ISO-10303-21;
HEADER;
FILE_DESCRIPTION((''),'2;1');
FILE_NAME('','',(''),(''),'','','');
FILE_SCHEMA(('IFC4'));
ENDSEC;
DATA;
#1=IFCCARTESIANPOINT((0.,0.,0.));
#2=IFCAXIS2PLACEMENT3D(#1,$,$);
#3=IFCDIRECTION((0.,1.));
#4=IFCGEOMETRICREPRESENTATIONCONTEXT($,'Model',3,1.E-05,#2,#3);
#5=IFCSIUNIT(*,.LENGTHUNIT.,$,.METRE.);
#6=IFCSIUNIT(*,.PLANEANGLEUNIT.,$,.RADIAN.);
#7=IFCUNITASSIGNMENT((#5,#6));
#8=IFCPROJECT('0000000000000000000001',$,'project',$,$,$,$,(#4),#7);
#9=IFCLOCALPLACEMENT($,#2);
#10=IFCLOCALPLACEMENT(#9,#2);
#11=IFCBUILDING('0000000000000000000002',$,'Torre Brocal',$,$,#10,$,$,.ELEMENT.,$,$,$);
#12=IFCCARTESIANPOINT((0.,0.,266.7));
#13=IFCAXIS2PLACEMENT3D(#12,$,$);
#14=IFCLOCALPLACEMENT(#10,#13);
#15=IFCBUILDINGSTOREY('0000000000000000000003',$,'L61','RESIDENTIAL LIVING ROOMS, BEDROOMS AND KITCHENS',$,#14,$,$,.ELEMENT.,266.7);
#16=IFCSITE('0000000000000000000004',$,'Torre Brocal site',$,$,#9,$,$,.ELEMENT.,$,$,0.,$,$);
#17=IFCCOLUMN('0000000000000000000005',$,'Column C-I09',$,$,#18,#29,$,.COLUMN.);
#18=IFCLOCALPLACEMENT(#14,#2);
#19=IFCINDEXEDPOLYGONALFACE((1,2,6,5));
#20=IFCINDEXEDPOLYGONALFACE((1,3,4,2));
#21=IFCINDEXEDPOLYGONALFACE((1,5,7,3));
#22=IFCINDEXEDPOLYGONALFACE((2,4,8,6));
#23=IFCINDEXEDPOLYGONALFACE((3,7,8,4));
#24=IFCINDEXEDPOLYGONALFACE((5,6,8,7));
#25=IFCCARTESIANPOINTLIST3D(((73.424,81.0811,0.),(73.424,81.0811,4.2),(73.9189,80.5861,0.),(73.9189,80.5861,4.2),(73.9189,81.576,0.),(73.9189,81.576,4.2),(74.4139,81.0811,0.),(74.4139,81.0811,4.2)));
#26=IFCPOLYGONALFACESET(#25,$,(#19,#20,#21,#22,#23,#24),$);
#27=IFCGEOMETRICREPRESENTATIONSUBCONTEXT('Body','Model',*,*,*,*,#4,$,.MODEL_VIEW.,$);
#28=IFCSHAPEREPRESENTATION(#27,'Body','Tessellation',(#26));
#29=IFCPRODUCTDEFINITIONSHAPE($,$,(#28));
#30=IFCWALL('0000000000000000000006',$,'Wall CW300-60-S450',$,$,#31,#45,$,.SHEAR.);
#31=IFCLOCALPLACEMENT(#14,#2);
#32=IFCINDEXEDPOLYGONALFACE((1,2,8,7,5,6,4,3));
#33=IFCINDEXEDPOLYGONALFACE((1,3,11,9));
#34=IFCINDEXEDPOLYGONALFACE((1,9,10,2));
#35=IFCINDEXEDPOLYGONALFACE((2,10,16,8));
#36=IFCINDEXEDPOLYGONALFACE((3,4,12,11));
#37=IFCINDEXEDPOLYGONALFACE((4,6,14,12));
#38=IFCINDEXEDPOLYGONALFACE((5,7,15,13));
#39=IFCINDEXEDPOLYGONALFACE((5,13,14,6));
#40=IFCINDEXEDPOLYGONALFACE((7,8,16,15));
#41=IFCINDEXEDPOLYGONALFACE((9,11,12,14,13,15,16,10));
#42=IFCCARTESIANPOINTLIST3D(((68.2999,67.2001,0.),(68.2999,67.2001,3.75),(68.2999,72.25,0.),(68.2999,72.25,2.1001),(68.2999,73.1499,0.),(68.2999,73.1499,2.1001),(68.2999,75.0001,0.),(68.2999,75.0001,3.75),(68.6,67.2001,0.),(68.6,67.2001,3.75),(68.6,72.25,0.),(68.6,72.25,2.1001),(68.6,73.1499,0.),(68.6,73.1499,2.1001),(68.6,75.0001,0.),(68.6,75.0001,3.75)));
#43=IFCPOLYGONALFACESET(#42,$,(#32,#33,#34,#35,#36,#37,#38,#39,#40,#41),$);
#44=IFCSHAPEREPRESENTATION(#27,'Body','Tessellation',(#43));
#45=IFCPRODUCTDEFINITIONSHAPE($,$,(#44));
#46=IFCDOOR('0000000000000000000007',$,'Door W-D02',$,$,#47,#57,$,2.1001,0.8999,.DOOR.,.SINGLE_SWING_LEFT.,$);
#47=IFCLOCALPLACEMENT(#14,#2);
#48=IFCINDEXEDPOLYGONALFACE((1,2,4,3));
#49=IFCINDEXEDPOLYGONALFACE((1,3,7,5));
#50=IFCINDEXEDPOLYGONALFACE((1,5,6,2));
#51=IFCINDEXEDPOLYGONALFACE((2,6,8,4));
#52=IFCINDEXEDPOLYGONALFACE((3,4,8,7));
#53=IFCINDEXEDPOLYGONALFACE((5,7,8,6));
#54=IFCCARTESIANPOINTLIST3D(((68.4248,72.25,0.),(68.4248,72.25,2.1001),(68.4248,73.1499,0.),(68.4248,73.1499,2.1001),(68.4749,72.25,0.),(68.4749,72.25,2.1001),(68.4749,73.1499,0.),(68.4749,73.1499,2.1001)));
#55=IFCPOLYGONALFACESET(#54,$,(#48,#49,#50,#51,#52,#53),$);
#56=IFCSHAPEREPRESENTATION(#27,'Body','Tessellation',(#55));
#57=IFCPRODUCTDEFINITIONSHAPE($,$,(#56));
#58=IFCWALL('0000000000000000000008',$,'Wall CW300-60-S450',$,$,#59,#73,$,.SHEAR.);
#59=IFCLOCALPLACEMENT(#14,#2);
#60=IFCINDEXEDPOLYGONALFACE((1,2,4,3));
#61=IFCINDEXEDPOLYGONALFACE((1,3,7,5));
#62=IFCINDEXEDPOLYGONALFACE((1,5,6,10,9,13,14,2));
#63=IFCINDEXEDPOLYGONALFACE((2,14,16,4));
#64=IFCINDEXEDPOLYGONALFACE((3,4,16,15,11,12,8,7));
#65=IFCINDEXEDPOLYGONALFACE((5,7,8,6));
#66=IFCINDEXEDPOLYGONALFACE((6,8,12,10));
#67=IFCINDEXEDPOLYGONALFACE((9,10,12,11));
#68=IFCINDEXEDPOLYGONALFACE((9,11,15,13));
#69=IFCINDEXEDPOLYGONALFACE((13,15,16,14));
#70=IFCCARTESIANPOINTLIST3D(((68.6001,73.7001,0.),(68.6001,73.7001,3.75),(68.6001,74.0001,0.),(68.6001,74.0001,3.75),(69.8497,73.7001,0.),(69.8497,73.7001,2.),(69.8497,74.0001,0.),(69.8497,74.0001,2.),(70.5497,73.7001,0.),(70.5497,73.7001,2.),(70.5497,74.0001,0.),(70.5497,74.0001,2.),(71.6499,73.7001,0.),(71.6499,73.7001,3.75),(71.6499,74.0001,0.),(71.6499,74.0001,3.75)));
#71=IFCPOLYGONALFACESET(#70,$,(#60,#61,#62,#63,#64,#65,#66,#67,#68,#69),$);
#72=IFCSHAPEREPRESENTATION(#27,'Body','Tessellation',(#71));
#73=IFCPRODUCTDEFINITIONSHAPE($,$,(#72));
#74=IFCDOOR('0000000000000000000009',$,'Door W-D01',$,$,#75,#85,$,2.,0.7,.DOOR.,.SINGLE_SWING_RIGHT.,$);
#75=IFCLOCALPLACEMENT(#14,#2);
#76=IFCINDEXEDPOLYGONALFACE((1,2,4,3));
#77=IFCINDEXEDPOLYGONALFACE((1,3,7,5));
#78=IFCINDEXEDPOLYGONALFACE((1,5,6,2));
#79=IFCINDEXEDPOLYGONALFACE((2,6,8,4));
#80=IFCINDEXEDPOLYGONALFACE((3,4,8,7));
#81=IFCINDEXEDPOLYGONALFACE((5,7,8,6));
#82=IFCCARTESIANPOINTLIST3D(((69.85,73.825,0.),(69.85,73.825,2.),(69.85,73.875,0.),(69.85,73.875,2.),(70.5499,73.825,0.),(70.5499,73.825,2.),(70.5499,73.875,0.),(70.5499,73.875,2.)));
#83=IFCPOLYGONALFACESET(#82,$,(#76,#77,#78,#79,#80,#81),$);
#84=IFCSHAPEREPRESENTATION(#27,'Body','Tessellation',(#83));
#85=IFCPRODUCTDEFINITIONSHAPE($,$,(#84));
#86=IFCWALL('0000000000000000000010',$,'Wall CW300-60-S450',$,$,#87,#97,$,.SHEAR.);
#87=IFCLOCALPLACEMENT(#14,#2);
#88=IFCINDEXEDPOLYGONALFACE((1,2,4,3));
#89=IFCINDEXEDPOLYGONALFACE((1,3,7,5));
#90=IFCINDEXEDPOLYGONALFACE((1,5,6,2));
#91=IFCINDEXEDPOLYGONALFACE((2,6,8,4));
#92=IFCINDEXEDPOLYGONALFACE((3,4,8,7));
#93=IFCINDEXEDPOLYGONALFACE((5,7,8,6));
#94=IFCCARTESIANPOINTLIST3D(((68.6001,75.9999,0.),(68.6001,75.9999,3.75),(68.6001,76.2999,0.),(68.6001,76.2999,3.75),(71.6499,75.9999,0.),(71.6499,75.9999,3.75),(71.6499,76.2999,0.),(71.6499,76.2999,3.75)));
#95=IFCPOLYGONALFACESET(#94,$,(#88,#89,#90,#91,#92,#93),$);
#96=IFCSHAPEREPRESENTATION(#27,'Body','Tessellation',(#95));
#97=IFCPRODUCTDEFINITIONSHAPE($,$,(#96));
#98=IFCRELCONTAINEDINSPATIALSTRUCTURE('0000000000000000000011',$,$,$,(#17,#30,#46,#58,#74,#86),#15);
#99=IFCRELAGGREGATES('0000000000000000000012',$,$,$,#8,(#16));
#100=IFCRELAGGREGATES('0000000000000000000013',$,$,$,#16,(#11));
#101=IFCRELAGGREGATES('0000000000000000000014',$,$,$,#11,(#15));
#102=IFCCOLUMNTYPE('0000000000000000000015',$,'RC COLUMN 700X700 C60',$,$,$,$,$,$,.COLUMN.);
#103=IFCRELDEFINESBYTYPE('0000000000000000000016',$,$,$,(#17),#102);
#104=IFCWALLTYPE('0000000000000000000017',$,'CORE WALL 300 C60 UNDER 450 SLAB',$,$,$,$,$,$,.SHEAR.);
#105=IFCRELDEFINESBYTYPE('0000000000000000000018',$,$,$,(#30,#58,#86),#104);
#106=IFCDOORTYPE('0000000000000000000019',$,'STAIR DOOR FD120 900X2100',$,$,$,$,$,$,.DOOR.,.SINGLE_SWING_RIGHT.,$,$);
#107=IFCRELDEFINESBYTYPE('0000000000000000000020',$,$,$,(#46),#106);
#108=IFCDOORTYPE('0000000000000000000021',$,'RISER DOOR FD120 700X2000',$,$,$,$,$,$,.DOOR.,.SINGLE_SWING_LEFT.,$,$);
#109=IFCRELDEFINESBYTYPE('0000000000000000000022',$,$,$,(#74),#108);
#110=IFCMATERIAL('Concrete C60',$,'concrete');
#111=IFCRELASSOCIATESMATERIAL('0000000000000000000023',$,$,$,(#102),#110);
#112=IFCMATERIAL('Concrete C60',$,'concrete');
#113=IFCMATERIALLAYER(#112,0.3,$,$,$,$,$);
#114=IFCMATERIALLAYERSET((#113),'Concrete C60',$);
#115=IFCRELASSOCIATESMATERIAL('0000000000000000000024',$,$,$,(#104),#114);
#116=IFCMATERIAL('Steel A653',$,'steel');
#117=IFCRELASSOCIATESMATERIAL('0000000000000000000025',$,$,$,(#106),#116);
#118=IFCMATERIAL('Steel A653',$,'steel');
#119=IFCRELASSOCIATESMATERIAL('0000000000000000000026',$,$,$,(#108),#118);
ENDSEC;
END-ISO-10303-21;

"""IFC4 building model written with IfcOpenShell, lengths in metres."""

from ifc_helpers import new_model, si_unit, direction, frame, frame_2d, origin, origin_2d, place, context, subcontext, project, spatial, rectangle, extrude, material, layer, layer_set, material_profile, profile_set, type_object, element, fill, save


model = new_model("IFC4")

# Units and contexts
model_context = context("Model", 3, precision=1e-05, world=origin(), true_north=direction((0.0, 1.0)))
body_context = subcontext(model_context, "Body", "Model", "MODEL_VIEW")
ifc_project = project(units=[si_unit("LENGTHUNIT", "METRE"), si_unit("PLANEANGLEUNIT", "RADIAN")], contexts=[model_context])

# Site, building, storey
site_placement = place(None, origin())
site = spatial("IfcSite", under=ifc_project, at=site_placement, Name="Torre Brocal site", CompositionType="ELEMENT", RefElevation=0.0)
building_placement = place(site_placement, origin())
building = spatial("IfcBuilding", under=site, at=building_placement, Name="Torre Brocal", CompositionType="ELEMENT")
storey_placement = place(building_placement, frame((0.0, 0.0, 266.7)))
storey = spatial("IfcBuildingStorey", under=building, at=storey_placement, Name="L61", Description="RESIDENTIAL LIVING ROOMS, BEDROOMS AND KITCHENS", CompositionType="ELEMENT", Elevation=266.7)

# Column
ifc_material_1 = material(Name="Concrete C60", Category="concrete")
ifc_material_profile = material_profile(ifc_material_1, rectangle(XDim=0.7, YDim=0.7, at=origin_2d()), Name="RC 700X700")
ifc_profile_set = profile_set([ifc_material_profile], Name="Concrete C60")
column_type = type_object("IfcColumnType", Name="RC COLUMN 700X700 C60", PredefinedType="COLUMN", material=ifc_profile_set)
column_placement = place(storey_placement, frame((73.9189, 81.0811, 0.0), z_axis=(0.0, 0.0, 1.0), x_axis=(-0.707107, 0.707107, 0.0)))
element("IfcColumn", 1, at=column_placement, inside=storey, type_object=column_type, Name="Column C-I09", PredefinedType="COLUMN", context=body_context, shape_type="SweptSolid", body=[
    extrude(rectangle(XDim=0.7, YDim=0.7, at=origin_2d()), origin(), (0.0, 0.0, 1.0), 4.2),
])

# Walls, openings, doors
ifc_material_2 = material(Name="Concrete C60", Category="concrete")
ifc_layer_1 = layer(ifc_material_2, 0.3)
ifc_layer_set_1 = layer_set([ifc_layer_1], Name="Concrete C60")
wall_type_1 = type_object("IfcWallType", Name="CORE WALL 300 C60 UNDER 450 SLAB", PredefinedType="SHEAR", material=ifc_layer_set_1)
wall_1_placement = place(storey_placement, frame((68.45, 75.0, 0.0), z_axis=(0.0, 0.0, 1.0), x_axis=(0.0, -1.0, 0.0)))
wall_1 = element("IfcWall", 2, at=wall_1_placement, inside=storey, type_object=wall_type_1, Name="Wall CW300-60-S450", PredefinedType="SHEAR", context=body_context, shape_type="SweptSolid", body=[
    extrude(rectangle(XDim=7.8, YDim=0.3, at=frame_2d((3.8999, 0.0))), origin(), (0.0, 0.0, 1.0), 3.75),
])
opening_1_placement = place(wall_1_placement, frame((1.8501, 0.0, 0.0)))
opening_1 = element("IfcOpeningElement", 3, at=opening_1_placement, cuts=wall_1, PredefinedType="OPENING", context=body_context, shape_type="SweptSolid", body=[
    extrude(rectangle(XDim=0.8999, YDim=2.1001, at=frame_2d((0.45, 1.05))), frame((0.0, 0.1599, 0.0), z_axis=(0.0, -1.0, 0.0), x_axis=(1.0, 0.0, 0.0)), (0.0, 0.0, 1.0), 0.3201),
])
ifc_material_3 = material(Name="Steel A653", Category="steel")
door_type_1 = type_object("IfcDoorType", Name="STAIR DOOR FD120 900X2100", OperationType="SINGLE_SWING_RIGHT", PredefinedType="DOOR", material=ifc_material_3)
door_1_placement = place(opening_1_placement, origin())
door_1 = element("IfcDoor", 4, at=door_1_placement, inside=storey, type_object=door_type_1, Name="Door W-D02", OperationType="SINGLE_SWING_LEFT", OverallHeight=2.1001, OverallWidth=0.8999, PredefinedType="DOOR", context=body_context, shape_type="SweptSolid", body=[
    extrude(rectangle(XDim=0.8999, YDim=2.1001, at=frame_2d((0.45, 1.05))), frame((0.0, 0.0249, 0.0), z_axis=(0.0, -1.0, 0.0), x_axis=(1.0, 0.0, 0.0)), (0.0, 0.0, 1.0), 0.05),
])
fill(opening_1, door_1)
wall_2_placement = place(storey_placement, frame((71.6499, 73.8501, 0.0), z_axis=(0.0, 0.0, 1.0), x_axis=(-1.0, 0.0, 0.0)))
wall_2 = element("IfcWall", 5, at=wall_2_placement, inside=storey, type_object=wall_type_1, Name="Wall CW300-60-S450", PredefinedType="SHEAR", context=body_context, shape_type="SweptSolid", body=[
    extrude(rectangle(XDim=3.0498, YDim=0.3, at=frame_2d((1.5249, 0.0))), origin(), (0.0, 0.0, 1.0), 3.75),
])
opening_2_placement = place(wall_2_placement, frame((1.1001, 0.0, 0.0)))
opening_2 = element("IfcOpeningElement", 6, at=opening_2_placement, cuts=wall_2, PredefinedType="OPENING", context=body_context, shape_type="SweptSolid", body=[
    extrude(rectangle(XDim=0.7, YDim=2.0, at=frame_2d((0.3501, 1.0))), frame((0.0, 0.1599, 0.0), z_axis=(0.0, -1.0, 0.0), x_axis=(1.0, 0.0, 0.0)), (0.0, 0.0, 1.0), 0.3201),
])
ifc_material_4 = material(Name="Steel A653", Category="steel")
door_type_2 = type_object("IfcDoorType", Name="RISER DOOR FD120 700X2000", OperationType="SINGLE_SWING_LEFT", PredefinedType="DOOR", material=ifc_material_4)
door_2_placement = place(opening_2_placement, frame((0.7, 0.0, 0.0), z_axis=(0.0, 0.0, 1.0), x_axis=(-1.0, 0.0, 0.0)))
door_2 = element("IfcDoor", 7, at=door_2_placement, inside=storey, type_object=door_type_2, Name="Door W-D01", OperationType="SINGLE_SWING_RIGHT", OverallHeight=2.0, OverallWidth=0.7, PredefinedType="DOOR", context=body_context, shape_type="SweptSolid", body=[
    extrude(rectangle(XDim=0.7, YDim=2.0, at=frame_2d((0.3501, 1.0))), frame((0.0, 0.0249, 0.0), z_axis=(0.0, -1.0, 0.0), x_axis=(1.0, 0.0, 0.0)), (0.0, 0.0, 1.0), 0.05),
])
fill(opening_2, door_2)

# Wall
wall_3_placement = place(storey_placement, frame((71.6499, 76.1499, 0.0), z_axis=(0.0, 0.0, 1.0), x_axis=(-1.0, 0.0, 0.0)))
element("IfcWall", 8, at=wall_3_placement, inside=storey, type_object=wall_type_1, Name="Wall CW300-60-S450", PredefinedType="SHEAR", context=body_context, shape_type="SweptSolid", body=[
    extrude(rectangle(XDim=3.0498, YDim=0.3, at=frame_2d((1.5249, 0.0))), origin(), (0.0, 0.0, 1.0), 3.75),
])

save(model, "model.ifc")
